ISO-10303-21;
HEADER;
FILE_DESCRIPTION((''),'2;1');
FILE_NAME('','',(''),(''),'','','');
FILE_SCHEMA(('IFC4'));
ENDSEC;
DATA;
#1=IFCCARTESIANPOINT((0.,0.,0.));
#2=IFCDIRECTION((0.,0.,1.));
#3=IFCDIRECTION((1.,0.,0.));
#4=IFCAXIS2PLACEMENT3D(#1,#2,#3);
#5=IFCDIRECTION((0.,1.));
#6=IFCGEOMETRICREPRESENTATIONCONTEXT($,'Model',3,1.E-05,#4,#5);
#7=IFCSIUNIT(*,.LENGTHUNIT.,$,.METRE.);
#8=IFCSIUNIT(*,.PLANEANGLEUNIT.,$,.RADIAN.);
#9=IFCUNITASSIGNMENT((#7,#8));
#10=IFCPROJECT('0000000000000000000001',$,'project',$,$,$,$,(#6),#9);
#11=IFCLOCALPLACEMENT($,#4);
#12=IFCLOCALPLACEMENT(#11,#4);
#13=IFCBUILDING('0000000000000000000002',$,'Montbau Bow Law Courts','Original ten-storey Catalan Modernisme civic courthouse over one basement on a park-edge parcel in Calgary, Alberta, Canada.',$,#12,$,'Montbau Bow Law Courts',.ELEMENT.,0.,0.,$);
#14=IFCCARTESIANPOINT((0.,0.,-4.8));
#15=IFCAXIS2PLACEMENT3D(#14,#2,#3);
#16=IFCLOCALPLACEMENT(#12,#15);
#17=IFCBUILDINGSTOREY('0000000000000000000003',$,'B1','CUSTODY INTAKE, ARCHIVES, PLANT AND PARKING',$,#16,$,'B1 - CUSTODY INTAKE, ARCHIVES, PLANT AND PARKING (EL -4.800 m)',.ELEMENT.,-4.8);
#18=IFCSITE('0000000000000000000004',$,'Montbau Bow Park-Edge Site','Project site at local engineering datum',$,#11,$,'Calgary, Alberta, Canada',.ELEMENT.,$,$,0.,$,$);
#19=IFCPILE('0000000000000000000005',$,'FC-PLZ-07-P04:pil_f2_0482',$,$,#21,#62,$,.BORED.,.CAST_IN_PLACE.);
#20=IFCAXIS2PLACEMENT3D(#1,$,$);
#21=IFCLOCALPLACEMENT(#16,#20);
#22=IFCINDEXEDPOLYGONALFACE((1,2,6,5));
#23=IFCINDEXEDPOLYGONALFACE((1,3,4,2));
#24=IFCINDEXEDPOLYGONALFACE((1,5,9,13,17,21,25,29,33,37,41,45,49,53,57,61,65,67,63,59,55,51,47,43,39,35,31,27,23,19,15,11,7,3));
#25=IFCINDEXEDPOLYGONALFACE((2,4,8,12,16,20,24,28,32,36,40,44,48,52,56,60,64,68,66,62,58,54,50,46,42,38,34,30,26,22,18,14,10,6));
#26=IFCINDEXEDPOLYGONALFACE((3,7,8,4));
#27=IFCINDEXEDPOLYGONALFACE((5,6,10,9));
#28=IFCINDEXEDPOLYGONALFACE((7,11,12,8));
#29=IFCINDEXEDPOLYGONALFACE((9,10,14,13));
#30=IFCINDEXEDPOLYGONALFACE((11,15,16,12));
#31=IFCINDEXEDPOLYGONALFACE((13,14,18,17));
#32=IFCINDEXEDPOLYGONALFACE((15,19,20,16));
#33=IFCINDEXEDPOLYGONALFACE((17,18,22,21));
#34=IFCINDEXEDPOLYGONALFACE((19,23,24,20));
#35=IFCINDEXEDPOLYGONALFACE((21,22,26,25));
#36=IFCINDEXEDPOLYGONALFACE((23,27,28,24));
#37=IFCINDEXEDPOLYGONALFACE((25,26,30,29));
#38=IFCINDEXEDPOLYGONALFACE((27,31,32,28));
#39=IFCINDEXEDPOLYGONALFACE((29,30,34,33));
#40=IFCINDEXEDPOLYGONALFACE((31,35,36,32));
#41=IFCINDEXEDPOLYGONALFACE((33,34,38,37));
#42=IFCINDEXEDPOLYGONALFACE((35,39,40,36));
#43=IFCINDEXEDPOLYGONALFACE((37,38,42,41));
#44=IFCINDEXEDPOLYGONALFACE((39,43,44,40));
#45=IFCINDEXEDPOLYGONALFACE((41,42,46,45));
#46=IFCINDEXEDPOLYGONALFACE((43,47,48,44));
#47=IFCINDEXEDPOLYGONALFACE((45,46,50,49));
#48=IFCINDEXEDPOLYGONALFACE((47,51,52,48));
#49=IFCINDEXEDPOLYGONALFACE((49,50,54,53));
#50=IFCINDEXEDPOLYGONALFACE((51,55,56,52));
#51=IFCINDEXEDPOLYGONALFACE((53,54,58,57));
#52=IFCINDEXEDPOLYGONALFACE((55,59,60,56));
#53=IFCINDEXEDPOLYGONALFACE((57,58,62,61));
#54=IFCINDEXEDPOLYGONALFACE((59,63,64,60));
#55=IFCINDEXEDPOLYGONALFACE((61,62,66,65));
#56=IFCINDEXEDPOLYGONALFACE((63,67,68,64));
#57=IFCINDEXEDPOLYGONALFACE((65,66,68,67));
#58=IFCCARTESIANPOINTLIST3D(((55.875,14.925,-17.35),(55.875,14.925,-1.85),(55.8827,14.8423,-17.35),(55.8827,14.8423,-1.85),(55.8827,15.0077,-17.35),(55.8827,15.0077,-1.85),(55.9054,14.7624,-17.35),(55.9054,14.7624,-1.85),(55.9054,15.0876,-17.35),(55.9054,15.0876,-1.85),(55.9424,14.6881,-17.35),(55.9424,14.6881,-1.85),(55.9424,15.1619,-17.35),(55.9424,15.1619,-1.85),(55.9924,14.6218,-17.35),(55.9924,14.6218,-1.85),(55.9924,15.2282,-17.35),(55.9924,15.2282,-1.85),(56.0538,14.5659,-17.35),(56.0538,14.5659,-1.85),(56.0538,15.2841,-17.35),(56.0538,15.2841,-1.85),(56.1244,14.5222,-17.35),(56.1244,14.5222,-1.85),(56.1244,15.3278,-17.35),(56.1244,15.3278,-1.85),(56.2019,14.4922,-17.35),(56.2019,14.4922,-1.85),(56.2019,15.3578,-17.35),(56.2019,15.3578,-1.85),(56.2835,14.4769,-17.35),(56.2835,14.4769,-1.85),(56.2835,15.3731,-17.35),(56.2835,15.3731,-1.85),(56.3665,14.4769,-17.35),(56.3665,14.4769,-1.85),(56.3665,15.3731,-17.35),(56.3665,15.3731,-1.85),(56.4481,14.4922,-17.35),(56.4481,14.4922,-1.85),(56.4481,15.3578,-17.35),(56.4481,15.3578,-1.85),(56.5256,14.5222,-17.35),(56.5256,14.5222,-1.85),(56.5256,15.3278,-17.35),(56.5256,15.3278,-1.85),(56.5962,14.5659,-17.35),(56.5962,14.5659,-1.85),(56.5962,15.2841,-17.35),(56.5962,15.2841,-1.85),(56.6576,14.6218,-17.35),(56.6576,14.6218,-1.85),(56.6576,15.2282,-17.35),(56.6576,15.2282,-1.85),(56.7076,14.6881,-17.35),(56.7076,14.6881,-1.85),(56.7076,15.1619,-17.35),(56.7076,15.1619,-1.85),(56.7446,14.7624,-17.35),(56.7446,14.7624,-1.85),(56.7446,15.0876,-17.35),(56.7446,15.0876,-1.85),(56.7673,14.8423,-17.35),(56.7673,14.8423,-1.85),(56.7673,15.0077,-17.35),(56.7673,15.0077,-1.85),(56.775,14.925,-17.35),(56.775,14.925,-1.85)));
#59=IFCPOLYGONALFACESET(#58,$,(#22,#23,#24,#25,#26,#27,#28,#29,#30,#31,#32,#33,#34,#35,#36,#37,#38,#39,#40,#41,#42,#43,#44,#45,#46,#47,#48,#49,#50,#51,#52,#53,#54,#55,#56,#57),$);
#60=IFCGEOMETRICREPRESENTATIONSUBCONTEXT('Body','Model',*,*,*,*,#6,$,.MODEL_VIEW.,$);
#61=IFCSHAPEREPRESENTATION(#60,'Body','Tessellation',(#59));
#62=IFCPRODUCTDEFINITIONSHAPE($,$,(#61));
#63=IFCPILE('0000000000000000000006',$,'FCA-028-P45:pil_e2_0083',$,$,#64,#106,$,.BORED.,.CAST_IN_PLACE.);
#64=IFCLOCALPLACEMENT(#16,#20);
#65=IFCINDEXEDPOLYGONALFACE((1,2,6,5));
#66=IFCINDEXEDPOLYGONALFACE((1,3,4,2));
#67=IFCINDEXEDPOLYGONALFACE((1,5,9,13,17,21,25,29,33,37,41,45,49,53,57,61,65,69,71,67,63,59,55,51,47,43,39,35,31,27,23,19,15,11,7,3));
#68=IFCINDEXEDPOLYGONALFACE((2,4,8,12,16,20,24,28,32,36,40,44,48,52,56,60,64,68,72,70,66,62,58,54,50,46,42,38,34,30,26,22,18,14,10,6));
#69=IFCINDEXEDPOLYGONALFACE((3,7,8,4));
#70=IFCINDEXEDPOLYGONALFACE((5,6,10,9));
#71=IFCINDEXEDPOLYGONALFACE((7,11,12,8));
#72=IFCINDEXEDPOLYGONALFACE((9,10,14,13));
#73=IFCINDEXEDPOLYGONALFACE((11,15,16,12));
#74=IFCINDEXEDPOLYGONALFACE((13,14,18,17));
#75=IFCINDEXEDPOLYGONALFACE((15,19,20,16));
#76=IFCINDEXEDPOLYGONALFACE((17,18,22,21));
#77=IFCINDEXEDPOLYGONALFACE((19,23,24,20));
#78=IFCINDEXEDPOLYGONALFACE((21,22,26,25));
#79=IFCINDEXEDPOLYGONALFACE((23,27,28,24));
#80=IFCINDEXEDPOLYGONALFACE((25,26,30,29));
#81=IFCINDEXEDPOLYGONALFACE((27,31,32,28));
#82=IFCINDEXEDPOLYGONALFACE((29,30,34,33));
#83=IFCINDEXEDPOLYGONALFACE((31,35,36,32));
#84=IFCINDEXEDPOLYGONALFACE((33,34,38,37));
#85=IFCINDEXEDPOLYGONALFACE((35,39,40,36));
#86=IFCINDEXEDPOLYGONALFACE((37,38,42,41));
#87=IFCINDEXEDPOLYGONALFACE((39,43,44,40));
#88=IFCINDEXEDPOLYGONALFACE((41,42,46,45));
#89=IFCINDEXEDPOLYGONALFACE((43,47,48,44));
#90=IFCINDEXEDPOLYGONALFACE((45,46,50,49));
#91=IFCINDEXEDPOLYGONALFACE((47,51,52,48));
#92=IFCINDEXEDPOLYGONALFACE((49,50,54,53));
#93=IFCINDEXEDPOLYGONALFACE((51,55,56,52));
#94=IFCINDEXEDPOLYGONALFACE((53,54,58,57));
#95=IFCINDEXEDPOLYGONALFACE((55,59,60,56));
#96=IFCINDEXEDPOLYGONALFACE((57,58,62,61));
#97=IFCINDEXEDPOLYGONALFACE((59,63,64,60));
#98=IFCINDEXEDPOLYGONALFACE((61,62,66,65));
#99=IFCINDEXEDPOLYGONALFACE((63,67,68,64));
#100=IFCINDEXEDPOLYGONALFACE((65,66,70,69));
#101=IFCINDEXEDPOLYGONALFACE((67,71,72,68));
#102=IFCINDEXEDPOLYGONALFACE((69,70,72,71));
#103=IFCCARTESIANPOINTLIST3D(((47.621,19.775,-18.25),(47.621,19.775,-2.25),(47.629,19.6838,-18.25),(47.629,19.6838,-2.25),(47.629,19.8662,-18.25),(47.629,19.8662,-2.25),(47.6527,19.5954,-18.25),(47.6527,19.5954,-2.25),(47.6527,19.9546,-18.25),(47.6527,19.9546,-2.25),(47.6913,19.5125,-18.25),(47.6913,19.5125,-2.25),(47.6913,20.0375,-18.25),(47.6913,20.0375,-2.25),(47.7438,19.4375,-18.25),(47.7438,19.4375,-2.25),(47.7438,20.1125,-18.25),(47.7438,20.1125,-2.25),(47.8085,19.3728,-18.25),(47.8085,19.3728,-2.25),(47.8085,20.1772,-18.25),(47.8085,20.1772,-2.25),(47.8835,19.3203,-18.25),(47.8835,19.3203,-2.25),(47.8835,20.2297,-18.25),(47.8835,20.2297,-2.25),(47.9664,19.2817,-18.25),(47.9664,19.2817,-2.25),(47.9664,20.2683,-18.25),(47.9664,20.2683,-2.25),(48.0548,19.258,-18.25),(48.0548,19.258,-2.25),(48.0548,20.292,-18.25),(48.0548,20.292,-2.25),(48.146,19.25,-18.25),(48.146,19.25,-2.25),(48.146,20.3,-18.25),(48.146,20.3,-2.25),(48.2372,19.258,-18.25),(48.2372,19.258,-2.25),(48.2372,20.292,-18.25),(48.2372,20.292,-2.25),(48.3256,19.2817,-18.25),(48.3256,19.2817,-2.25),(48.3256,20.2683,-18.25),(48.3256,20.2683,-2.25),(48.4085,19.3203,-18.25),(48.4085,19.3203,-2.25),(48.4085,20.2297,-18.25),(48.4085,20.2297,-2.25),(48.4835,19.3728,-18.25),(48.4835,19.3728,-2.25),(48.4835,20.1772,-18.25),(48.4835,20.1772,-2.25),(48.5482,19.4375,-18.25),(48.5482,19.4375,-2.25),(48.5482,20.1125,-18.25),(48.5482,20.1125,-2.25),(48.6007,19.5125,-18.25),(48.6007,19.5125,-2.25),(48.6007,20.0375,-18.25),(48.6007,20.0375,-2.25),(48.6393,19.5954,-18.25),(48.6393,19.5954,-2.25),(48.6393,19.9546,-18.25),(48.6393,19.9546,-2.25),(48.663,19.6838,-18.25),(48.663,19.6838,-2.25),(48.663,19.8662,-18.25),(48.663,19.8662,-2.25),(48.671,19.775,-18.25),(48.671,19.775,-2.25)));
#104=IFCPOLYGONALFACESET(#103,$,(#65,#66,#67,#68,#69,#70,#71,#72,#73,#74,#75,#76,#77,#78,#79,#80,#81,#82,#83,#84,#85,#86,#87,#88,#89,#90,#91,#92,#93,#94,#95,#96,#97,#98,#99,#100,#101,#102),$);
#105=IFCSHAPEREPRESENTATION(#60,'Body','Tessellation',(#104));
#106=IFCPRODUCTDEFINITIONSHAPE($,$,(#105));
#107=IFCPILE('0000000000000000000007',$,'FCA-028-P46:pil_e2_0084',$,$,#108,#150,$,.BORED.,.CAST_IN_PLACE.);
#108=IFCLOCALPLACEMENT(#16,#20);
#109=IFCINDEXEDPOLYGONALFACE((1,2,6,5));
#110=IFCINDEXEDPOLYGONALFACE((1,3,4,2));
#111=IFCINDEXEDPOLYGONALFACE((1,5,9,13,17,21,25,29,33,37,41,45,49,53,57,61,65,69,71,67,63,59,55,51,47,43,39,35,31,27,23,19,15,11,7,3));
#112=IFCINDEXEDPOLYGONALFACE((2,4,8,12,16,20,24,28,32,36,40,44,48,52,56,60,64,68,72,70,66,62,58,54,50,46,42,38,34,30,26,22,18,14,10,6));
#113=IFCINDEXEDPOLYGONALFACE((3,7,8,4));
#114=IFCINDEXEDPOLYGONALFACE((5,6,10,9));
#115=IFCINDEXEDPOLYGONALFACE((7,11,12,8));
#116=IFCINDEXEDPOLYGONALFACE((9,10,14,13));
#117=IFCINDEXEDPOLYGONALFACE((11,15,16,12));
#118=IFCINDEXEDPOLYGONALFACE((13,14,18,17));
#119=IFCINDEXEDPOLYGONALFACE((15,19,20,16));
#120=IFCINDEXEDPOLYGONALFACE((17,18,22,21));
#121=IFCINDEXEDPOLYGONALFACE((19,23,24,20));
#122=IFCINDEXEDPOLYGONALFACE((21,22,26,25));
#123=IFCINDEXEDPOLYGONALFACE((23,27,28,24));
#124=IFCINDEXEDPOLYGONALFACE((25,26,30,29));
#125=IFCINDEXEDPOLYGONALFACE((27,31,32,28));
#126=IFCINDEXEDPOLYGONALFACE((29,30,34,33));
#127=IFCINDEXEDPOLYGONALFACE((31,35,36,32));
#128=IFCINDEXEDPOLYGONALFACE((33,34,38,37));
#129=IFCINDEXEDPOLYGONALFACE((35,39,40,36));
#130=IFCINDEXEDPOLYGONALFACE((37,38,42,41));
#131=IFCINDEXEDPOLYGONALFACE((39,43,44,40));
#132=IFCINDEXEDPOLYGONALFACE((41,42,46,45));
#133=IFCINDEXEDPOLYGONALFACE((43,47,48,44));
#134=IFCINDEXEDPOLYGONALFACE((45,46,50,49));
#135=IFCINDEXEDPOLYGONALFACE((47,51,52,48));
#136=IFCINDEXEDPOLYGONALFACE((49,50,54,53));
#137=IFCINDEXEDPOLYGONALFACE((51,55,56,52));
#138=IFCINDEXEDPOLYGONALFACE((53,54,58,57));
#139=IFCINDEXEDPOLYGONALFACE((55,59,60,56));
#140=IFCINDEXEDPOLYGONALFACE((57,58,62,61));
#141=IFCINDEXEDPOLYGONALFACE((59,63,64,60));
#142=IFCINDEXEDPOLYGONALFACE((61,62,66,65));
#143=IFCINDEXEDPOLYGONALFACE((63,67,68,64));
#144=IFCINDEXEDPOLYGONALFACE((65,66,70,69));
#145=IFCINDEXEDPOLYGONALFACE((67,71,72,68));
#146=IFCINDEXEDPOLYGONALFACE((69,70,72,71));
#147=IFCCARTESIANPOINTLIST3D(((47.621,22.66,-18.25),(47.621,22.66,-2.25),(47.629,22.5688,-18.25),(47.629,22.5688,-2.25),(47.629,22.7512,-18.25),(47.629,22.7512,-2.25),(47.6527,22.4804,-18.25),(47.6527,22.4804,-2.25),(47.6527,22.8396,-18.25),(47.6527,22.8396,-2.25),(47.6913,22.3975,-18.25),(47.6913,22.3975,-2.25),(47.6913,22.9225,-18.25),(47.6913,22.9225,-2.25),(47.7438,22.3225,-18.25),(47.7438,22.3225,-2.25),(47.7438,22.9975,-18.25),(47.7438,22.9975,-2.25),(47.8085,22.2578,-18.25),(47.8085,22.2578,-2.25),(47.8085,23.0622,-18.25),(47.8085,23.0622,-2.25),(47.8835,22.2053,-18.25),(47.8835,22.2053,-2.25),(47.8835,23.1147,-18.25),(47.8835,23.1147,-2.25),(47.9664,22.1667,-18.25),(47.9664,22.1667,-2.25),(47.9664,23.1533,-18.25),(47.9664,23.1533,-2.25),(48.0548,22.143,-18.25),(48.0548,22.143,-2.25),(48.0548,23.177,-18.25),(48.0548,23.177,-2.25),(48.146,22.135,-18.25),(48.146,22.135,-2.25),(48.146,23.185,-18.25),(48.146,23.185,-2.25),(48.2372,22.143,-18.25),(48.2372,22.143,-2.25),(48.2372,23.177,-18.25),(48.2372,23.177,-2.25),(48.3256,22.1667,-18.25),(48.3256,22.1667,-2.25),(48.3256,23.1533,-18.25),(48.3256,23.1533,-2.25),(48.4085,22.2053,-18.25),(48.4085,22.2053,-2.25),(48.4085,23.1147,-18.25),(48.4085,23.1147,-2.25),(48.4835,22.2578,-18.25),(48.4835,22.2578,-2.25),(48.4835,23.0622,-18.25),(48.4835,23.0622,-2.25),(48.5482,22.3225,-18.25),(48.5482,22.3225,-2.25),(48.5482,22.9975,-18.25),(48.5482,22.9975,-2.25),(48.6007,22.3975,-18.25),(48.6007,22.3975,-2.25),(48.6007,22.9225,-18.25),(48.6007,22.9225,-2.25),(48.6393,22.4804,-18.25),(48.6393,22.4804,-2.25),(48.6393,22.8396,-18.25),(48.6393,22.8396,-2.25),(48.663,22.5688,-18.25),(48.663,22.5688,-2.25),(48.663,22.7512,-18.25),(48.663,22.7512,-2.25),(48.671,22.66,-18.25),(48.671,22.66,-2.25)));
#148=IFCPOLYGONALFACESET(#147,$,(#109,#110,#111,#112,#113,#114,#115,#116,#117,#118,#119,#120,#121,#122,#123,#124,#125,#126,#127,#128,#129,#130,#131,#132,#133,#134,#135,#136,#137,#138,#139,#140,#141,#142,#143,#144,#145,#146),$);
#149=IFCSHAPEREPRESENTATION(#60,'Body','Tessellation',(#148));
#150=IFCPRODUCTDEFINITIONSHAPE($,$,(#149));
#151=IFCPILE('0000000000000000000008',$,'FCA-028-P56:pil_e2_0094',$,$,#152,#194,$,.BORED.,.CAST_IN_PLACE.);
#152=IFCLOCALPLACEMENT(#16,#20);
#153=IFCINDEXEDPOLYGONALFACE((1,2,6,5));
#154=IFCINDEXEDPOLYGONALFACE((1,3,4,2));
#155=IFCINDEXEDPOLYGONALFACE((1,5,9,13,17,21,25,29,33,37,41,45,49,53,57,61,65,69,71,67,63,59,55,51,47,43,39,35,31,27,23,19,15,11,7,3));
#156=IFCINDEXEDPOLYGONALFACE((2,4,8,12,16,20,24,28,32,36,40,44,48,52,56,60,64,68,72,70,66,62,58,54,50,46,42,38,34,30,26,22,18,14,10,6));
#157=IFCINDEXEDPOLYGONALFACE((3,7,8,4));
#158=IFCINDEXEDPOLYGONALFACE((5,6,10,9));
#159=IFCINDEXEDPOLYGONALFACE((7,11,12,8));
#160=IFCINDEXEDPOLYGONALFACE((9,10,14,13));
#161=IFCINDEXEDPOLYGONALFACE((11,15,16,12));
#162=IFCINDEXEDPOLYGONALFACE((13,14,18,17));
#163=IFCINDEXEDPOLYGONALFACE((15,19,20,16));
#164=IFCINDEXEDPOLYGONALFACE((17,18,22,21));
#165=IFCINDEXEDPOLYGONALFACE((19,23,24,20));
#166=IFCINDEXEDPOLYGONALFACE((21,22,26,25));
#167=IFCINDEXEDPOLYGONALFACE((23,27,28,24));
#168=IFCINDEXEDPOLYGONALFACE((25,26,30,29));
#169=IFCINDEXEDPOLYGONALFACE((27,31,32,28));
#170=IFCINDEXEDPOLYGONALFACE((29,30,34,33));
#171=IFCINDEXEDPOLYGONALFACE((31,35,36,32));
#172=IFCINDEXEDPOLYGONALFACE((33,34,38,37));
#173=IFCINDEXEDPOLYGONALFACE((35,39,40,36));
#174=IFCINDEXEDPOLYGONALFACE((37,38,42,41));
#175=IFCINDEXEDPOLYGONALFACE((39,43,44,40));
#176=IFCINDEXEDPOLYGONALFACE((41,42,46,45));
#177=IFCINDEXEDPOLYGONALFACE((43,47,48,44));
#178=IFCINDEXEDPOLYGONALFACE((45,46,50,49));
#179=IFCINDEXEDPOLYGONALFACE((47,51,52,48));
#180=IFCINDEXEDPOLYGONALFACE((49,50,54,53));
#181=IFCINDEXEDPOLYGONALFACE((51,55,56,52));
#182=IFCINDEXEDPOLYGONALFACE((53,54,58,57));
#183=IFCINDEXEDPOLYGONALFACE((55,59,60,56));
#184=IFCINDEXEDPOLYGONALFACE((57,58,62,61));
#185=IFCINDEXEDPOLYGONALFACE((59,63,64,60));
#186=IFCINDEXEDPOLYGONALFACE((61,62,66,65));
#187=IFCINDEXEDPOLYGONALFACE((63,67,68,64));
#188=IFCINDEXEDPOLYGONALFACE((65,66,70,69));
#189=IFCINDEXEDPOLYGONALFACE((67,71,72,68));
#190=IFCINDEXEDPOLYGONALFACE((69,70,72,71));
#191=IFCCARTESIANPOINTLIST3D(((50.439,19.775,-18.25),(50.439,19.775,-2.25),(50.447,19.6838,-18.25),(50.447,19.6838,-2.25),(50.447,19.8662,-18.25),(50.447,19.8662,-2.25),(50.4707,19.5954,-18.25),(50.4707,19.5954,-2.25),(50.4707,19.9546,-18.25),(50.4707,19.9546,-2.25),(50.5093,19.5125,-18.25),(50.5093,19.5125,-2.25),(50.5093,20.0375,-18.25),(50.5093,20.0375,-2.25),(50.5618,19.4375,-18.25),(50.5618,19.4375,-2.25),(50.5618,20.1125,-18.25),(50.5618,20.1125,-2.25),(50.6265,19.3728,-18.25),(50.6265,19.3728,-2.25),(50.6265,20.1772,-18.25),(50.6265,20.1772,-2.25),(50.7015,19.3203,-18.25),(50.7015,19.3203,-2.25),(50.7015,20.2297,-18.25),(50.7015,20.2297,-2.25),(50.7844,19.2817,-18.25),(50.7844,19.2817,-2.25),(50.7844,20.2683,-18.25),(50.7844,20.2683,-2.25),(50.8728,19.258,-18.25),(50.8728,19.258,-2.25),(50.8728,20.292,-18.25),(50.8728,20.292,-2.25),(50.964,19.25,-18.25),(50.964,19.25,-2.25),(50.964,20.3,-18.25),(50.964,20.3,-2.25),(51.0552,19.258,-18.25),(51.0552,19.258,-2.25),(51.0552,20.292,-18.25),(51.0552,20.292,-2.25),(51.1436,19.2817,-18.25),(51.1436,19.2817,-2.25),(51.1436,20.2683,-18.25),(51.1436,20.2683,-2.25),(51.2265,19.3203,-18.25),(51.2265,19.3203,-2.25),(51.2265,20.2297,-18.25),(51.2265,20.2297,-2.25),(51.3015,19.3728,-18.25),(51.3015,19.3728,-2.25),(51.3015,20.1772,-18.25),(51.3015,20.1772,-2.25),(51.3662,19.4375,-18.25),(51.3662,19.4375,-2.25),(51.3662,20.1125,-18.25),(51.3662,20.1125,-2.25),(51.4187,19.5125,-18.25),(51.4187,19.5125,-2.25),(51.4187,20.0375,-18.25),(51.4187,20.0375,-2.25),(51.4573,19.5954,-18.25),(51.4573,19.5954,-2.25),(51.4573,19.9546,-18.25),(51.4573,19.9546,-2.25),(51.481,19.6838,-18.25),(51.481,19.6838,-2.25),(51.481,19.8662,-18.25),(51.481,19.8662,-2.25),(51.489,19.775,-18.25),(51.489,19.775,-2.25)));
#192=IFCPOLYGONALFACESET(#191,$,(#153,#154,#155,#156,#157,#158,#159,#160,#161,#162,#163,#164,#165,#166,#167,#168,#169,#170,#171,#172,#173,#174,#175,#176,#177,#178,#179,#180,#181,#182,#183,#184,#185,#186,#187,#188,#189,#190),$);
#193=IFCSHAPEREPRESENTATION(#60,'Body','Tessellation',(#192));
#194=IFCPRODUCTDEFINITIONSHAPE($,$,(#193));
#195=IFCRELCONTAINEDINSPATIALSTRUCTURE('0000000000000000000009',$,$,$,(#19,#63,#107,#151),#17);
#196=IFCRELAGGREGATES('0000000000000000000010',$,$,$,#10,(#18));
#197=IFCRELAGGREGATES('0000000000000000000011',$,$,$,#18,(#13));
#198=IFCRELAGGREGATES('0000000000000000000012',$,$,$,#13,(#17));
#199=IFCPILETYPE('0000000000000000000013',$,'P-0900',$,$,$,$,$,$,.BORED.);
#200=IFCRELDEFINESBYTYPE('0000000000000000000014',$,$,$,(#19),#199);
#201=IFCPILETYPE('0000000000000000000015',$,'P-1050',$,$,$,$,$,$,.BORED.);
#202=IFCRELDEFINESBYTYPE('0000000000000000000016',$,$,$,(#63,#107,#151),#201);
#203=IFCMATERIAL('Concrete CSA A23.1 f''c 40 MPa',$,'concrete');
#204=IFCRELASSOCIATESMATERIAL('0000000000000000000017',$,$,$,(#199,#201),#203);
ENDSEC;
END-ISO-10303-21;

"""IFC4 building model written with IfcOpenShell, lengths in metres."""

from ifc_helpers import new_model, si_unit, direction, frame, origin_with_axes, origin_2d_with_axis, place, context, subcontext, project, spatial, circle, extrude, material, material_profile, profile_set, type_object, element, save


model = new_model("IFC4")

# Units and contexts
model_context = context("Model", 3, precision=1e-05, world=origin_with_axes(), true_north=direction((0.0, 1.0)))
body_context = subcontext(model_context, "Body", "Model", "MODEL_VIEW")
ifc_project = project(units=[si_unit("LENGTHUNIT", "METRE"), si_unit("PLANEANGLEUNIT", "RADIAN")], contexts=[model_context])

# Site, building, storey
site_placement = place(None, origin_with_axes())
site = spatial("IfcSite", under=ifc_project, at=site_placement, Name="Montbau Bow Park-Edge Site", Description="Project site at local engineering datum", LongName="Calgary, Alberta, Canada", CompositionType="ELEMENT", RefElevation=0.0)
building_placement = place(site_placement, origin_with_axes())
building = spatial("IfcBuilding", under=site, at=building_placement, Name="Montbau Bow Law Courts", Description="Original ten-storey Catalan Modernisme civic courthouse over one basement on a park-edge parcel in Calgary, Alberta, Canada.", LongName="Montbau Bow Law Courts", CompositionType="ELEMENT", ElevationOfRefHeight=0.0, ElevationOfTerrain=0.0)
storey_placement = place(building_placement, frame((0.0, 0.0, -4.8), z_axis=(0.0, 0.0, 1.0), x_axis=(1.0, 0.0, 0.0)))
storey = spatial("IfcBuildingStorey", under=building, at=storey_placement, Name="B1", Description="CUSTODY INTAKE, ARCHIVES, PLANT AND PARKING", LongName="B1 - CUSTODY INTAKE, ARCHIVES, PLANT AND PARKING (EL -4.800 m)", CompositionType="ELEMENT", Elevation=-4.8)

# Piles
ifc_material_1 = material(Name="Concrete CSA A23.1 f'c 40 MPa", Category="concrete")
ifc_material_profile_1 = material_profile(ifc_material_1, circle(Radius=0.45, at=origin_2d_with_axis()), Name="BP900", Category="Main", Priority=0)
ifc_profile_set_1 = profile_set([ifc_material_profile_1], Name="Concrete CSA A23.1 f'c 40 MPa")
pile_type_1 = type_object("IfcPileType", Name="P-0900", PredefinedType="BORED", material=ifc_profile_set_1)
for number, where, z_axis, x_axis, name in (
    (1, (56.325, 14.925, -22.15), (0.0, 0.0, 1.0), (1.0, 0.0, 0.0), "FC-PLZ-07-P04:pil_f2_0482"),
):
    element("IfcPile", number, at=place(None, frame(where, z_axis=z_axis, x_axis=x_axis)), inside=storey, type_object=pile_type_1, Name=name, ConstructionType="CAST_IN_PLACE", PredefinedType="BORED", context=body_context, shape_type="SweptSolid", body=[
        extrude(circle(Radius=0.45, at=origin_2d_with_axis()), origin_with_axes(), (0.0, 0.0, 1.0), 15.5),
    ])
ifc_material_profile_2 = material_profile(ifc_material_1, circle(Radius=0.525, at=origin_2d_with_axis()), Name="BP1050", Category="Main", Priority=0)
ifc_profile_set_2 = profile_set([ifc_material_profile_2], Name="Concrete CSA A23.1 f'c 40 MPa")
pile_type_2 = type_object("IfcPileType", Name="P-1050", PredefinedType="BORED", material=ifc_profile_set_2)
for number, where, z_axis, x_axis, name in (
    (2, (48.146, 19.775, -23.05), (0.0, 0.0, 1.0), (1.0, 0.0, 0.0), "FCA-028-P45:pil_e2_0083"),
    (3, (48.146, 22.66, -23.05), (0.0, 0.0, 1.0), (1.0, 0.0, 0.0), "FCA-028-P46:pil_e2_0084"),
    (4, (50.964, 19.775, -23.05), (0.0, 0.0, 1.0), (1.0, 0.0, 0.0), "FCA-028-P56:pil_e2_0094"),
):
    element("IfcPile", number, at=place(None, frame(where, z_axis=z_axis, x_axis=x_axis)), inside=storey, type_object=pile_type_2, Name=name, ConstructionType="CAST_IN_PLACE", PredefinedType="BORED", context=body_context, shape_type="SweptSolid", body=[
        extrude(circle(Radius=0.525, at=origin_2d_with_axis()), origin_with_axes(), (0.0, 0.0, 1.0), 16.0),
    ])

save(model, "model.ifc")
